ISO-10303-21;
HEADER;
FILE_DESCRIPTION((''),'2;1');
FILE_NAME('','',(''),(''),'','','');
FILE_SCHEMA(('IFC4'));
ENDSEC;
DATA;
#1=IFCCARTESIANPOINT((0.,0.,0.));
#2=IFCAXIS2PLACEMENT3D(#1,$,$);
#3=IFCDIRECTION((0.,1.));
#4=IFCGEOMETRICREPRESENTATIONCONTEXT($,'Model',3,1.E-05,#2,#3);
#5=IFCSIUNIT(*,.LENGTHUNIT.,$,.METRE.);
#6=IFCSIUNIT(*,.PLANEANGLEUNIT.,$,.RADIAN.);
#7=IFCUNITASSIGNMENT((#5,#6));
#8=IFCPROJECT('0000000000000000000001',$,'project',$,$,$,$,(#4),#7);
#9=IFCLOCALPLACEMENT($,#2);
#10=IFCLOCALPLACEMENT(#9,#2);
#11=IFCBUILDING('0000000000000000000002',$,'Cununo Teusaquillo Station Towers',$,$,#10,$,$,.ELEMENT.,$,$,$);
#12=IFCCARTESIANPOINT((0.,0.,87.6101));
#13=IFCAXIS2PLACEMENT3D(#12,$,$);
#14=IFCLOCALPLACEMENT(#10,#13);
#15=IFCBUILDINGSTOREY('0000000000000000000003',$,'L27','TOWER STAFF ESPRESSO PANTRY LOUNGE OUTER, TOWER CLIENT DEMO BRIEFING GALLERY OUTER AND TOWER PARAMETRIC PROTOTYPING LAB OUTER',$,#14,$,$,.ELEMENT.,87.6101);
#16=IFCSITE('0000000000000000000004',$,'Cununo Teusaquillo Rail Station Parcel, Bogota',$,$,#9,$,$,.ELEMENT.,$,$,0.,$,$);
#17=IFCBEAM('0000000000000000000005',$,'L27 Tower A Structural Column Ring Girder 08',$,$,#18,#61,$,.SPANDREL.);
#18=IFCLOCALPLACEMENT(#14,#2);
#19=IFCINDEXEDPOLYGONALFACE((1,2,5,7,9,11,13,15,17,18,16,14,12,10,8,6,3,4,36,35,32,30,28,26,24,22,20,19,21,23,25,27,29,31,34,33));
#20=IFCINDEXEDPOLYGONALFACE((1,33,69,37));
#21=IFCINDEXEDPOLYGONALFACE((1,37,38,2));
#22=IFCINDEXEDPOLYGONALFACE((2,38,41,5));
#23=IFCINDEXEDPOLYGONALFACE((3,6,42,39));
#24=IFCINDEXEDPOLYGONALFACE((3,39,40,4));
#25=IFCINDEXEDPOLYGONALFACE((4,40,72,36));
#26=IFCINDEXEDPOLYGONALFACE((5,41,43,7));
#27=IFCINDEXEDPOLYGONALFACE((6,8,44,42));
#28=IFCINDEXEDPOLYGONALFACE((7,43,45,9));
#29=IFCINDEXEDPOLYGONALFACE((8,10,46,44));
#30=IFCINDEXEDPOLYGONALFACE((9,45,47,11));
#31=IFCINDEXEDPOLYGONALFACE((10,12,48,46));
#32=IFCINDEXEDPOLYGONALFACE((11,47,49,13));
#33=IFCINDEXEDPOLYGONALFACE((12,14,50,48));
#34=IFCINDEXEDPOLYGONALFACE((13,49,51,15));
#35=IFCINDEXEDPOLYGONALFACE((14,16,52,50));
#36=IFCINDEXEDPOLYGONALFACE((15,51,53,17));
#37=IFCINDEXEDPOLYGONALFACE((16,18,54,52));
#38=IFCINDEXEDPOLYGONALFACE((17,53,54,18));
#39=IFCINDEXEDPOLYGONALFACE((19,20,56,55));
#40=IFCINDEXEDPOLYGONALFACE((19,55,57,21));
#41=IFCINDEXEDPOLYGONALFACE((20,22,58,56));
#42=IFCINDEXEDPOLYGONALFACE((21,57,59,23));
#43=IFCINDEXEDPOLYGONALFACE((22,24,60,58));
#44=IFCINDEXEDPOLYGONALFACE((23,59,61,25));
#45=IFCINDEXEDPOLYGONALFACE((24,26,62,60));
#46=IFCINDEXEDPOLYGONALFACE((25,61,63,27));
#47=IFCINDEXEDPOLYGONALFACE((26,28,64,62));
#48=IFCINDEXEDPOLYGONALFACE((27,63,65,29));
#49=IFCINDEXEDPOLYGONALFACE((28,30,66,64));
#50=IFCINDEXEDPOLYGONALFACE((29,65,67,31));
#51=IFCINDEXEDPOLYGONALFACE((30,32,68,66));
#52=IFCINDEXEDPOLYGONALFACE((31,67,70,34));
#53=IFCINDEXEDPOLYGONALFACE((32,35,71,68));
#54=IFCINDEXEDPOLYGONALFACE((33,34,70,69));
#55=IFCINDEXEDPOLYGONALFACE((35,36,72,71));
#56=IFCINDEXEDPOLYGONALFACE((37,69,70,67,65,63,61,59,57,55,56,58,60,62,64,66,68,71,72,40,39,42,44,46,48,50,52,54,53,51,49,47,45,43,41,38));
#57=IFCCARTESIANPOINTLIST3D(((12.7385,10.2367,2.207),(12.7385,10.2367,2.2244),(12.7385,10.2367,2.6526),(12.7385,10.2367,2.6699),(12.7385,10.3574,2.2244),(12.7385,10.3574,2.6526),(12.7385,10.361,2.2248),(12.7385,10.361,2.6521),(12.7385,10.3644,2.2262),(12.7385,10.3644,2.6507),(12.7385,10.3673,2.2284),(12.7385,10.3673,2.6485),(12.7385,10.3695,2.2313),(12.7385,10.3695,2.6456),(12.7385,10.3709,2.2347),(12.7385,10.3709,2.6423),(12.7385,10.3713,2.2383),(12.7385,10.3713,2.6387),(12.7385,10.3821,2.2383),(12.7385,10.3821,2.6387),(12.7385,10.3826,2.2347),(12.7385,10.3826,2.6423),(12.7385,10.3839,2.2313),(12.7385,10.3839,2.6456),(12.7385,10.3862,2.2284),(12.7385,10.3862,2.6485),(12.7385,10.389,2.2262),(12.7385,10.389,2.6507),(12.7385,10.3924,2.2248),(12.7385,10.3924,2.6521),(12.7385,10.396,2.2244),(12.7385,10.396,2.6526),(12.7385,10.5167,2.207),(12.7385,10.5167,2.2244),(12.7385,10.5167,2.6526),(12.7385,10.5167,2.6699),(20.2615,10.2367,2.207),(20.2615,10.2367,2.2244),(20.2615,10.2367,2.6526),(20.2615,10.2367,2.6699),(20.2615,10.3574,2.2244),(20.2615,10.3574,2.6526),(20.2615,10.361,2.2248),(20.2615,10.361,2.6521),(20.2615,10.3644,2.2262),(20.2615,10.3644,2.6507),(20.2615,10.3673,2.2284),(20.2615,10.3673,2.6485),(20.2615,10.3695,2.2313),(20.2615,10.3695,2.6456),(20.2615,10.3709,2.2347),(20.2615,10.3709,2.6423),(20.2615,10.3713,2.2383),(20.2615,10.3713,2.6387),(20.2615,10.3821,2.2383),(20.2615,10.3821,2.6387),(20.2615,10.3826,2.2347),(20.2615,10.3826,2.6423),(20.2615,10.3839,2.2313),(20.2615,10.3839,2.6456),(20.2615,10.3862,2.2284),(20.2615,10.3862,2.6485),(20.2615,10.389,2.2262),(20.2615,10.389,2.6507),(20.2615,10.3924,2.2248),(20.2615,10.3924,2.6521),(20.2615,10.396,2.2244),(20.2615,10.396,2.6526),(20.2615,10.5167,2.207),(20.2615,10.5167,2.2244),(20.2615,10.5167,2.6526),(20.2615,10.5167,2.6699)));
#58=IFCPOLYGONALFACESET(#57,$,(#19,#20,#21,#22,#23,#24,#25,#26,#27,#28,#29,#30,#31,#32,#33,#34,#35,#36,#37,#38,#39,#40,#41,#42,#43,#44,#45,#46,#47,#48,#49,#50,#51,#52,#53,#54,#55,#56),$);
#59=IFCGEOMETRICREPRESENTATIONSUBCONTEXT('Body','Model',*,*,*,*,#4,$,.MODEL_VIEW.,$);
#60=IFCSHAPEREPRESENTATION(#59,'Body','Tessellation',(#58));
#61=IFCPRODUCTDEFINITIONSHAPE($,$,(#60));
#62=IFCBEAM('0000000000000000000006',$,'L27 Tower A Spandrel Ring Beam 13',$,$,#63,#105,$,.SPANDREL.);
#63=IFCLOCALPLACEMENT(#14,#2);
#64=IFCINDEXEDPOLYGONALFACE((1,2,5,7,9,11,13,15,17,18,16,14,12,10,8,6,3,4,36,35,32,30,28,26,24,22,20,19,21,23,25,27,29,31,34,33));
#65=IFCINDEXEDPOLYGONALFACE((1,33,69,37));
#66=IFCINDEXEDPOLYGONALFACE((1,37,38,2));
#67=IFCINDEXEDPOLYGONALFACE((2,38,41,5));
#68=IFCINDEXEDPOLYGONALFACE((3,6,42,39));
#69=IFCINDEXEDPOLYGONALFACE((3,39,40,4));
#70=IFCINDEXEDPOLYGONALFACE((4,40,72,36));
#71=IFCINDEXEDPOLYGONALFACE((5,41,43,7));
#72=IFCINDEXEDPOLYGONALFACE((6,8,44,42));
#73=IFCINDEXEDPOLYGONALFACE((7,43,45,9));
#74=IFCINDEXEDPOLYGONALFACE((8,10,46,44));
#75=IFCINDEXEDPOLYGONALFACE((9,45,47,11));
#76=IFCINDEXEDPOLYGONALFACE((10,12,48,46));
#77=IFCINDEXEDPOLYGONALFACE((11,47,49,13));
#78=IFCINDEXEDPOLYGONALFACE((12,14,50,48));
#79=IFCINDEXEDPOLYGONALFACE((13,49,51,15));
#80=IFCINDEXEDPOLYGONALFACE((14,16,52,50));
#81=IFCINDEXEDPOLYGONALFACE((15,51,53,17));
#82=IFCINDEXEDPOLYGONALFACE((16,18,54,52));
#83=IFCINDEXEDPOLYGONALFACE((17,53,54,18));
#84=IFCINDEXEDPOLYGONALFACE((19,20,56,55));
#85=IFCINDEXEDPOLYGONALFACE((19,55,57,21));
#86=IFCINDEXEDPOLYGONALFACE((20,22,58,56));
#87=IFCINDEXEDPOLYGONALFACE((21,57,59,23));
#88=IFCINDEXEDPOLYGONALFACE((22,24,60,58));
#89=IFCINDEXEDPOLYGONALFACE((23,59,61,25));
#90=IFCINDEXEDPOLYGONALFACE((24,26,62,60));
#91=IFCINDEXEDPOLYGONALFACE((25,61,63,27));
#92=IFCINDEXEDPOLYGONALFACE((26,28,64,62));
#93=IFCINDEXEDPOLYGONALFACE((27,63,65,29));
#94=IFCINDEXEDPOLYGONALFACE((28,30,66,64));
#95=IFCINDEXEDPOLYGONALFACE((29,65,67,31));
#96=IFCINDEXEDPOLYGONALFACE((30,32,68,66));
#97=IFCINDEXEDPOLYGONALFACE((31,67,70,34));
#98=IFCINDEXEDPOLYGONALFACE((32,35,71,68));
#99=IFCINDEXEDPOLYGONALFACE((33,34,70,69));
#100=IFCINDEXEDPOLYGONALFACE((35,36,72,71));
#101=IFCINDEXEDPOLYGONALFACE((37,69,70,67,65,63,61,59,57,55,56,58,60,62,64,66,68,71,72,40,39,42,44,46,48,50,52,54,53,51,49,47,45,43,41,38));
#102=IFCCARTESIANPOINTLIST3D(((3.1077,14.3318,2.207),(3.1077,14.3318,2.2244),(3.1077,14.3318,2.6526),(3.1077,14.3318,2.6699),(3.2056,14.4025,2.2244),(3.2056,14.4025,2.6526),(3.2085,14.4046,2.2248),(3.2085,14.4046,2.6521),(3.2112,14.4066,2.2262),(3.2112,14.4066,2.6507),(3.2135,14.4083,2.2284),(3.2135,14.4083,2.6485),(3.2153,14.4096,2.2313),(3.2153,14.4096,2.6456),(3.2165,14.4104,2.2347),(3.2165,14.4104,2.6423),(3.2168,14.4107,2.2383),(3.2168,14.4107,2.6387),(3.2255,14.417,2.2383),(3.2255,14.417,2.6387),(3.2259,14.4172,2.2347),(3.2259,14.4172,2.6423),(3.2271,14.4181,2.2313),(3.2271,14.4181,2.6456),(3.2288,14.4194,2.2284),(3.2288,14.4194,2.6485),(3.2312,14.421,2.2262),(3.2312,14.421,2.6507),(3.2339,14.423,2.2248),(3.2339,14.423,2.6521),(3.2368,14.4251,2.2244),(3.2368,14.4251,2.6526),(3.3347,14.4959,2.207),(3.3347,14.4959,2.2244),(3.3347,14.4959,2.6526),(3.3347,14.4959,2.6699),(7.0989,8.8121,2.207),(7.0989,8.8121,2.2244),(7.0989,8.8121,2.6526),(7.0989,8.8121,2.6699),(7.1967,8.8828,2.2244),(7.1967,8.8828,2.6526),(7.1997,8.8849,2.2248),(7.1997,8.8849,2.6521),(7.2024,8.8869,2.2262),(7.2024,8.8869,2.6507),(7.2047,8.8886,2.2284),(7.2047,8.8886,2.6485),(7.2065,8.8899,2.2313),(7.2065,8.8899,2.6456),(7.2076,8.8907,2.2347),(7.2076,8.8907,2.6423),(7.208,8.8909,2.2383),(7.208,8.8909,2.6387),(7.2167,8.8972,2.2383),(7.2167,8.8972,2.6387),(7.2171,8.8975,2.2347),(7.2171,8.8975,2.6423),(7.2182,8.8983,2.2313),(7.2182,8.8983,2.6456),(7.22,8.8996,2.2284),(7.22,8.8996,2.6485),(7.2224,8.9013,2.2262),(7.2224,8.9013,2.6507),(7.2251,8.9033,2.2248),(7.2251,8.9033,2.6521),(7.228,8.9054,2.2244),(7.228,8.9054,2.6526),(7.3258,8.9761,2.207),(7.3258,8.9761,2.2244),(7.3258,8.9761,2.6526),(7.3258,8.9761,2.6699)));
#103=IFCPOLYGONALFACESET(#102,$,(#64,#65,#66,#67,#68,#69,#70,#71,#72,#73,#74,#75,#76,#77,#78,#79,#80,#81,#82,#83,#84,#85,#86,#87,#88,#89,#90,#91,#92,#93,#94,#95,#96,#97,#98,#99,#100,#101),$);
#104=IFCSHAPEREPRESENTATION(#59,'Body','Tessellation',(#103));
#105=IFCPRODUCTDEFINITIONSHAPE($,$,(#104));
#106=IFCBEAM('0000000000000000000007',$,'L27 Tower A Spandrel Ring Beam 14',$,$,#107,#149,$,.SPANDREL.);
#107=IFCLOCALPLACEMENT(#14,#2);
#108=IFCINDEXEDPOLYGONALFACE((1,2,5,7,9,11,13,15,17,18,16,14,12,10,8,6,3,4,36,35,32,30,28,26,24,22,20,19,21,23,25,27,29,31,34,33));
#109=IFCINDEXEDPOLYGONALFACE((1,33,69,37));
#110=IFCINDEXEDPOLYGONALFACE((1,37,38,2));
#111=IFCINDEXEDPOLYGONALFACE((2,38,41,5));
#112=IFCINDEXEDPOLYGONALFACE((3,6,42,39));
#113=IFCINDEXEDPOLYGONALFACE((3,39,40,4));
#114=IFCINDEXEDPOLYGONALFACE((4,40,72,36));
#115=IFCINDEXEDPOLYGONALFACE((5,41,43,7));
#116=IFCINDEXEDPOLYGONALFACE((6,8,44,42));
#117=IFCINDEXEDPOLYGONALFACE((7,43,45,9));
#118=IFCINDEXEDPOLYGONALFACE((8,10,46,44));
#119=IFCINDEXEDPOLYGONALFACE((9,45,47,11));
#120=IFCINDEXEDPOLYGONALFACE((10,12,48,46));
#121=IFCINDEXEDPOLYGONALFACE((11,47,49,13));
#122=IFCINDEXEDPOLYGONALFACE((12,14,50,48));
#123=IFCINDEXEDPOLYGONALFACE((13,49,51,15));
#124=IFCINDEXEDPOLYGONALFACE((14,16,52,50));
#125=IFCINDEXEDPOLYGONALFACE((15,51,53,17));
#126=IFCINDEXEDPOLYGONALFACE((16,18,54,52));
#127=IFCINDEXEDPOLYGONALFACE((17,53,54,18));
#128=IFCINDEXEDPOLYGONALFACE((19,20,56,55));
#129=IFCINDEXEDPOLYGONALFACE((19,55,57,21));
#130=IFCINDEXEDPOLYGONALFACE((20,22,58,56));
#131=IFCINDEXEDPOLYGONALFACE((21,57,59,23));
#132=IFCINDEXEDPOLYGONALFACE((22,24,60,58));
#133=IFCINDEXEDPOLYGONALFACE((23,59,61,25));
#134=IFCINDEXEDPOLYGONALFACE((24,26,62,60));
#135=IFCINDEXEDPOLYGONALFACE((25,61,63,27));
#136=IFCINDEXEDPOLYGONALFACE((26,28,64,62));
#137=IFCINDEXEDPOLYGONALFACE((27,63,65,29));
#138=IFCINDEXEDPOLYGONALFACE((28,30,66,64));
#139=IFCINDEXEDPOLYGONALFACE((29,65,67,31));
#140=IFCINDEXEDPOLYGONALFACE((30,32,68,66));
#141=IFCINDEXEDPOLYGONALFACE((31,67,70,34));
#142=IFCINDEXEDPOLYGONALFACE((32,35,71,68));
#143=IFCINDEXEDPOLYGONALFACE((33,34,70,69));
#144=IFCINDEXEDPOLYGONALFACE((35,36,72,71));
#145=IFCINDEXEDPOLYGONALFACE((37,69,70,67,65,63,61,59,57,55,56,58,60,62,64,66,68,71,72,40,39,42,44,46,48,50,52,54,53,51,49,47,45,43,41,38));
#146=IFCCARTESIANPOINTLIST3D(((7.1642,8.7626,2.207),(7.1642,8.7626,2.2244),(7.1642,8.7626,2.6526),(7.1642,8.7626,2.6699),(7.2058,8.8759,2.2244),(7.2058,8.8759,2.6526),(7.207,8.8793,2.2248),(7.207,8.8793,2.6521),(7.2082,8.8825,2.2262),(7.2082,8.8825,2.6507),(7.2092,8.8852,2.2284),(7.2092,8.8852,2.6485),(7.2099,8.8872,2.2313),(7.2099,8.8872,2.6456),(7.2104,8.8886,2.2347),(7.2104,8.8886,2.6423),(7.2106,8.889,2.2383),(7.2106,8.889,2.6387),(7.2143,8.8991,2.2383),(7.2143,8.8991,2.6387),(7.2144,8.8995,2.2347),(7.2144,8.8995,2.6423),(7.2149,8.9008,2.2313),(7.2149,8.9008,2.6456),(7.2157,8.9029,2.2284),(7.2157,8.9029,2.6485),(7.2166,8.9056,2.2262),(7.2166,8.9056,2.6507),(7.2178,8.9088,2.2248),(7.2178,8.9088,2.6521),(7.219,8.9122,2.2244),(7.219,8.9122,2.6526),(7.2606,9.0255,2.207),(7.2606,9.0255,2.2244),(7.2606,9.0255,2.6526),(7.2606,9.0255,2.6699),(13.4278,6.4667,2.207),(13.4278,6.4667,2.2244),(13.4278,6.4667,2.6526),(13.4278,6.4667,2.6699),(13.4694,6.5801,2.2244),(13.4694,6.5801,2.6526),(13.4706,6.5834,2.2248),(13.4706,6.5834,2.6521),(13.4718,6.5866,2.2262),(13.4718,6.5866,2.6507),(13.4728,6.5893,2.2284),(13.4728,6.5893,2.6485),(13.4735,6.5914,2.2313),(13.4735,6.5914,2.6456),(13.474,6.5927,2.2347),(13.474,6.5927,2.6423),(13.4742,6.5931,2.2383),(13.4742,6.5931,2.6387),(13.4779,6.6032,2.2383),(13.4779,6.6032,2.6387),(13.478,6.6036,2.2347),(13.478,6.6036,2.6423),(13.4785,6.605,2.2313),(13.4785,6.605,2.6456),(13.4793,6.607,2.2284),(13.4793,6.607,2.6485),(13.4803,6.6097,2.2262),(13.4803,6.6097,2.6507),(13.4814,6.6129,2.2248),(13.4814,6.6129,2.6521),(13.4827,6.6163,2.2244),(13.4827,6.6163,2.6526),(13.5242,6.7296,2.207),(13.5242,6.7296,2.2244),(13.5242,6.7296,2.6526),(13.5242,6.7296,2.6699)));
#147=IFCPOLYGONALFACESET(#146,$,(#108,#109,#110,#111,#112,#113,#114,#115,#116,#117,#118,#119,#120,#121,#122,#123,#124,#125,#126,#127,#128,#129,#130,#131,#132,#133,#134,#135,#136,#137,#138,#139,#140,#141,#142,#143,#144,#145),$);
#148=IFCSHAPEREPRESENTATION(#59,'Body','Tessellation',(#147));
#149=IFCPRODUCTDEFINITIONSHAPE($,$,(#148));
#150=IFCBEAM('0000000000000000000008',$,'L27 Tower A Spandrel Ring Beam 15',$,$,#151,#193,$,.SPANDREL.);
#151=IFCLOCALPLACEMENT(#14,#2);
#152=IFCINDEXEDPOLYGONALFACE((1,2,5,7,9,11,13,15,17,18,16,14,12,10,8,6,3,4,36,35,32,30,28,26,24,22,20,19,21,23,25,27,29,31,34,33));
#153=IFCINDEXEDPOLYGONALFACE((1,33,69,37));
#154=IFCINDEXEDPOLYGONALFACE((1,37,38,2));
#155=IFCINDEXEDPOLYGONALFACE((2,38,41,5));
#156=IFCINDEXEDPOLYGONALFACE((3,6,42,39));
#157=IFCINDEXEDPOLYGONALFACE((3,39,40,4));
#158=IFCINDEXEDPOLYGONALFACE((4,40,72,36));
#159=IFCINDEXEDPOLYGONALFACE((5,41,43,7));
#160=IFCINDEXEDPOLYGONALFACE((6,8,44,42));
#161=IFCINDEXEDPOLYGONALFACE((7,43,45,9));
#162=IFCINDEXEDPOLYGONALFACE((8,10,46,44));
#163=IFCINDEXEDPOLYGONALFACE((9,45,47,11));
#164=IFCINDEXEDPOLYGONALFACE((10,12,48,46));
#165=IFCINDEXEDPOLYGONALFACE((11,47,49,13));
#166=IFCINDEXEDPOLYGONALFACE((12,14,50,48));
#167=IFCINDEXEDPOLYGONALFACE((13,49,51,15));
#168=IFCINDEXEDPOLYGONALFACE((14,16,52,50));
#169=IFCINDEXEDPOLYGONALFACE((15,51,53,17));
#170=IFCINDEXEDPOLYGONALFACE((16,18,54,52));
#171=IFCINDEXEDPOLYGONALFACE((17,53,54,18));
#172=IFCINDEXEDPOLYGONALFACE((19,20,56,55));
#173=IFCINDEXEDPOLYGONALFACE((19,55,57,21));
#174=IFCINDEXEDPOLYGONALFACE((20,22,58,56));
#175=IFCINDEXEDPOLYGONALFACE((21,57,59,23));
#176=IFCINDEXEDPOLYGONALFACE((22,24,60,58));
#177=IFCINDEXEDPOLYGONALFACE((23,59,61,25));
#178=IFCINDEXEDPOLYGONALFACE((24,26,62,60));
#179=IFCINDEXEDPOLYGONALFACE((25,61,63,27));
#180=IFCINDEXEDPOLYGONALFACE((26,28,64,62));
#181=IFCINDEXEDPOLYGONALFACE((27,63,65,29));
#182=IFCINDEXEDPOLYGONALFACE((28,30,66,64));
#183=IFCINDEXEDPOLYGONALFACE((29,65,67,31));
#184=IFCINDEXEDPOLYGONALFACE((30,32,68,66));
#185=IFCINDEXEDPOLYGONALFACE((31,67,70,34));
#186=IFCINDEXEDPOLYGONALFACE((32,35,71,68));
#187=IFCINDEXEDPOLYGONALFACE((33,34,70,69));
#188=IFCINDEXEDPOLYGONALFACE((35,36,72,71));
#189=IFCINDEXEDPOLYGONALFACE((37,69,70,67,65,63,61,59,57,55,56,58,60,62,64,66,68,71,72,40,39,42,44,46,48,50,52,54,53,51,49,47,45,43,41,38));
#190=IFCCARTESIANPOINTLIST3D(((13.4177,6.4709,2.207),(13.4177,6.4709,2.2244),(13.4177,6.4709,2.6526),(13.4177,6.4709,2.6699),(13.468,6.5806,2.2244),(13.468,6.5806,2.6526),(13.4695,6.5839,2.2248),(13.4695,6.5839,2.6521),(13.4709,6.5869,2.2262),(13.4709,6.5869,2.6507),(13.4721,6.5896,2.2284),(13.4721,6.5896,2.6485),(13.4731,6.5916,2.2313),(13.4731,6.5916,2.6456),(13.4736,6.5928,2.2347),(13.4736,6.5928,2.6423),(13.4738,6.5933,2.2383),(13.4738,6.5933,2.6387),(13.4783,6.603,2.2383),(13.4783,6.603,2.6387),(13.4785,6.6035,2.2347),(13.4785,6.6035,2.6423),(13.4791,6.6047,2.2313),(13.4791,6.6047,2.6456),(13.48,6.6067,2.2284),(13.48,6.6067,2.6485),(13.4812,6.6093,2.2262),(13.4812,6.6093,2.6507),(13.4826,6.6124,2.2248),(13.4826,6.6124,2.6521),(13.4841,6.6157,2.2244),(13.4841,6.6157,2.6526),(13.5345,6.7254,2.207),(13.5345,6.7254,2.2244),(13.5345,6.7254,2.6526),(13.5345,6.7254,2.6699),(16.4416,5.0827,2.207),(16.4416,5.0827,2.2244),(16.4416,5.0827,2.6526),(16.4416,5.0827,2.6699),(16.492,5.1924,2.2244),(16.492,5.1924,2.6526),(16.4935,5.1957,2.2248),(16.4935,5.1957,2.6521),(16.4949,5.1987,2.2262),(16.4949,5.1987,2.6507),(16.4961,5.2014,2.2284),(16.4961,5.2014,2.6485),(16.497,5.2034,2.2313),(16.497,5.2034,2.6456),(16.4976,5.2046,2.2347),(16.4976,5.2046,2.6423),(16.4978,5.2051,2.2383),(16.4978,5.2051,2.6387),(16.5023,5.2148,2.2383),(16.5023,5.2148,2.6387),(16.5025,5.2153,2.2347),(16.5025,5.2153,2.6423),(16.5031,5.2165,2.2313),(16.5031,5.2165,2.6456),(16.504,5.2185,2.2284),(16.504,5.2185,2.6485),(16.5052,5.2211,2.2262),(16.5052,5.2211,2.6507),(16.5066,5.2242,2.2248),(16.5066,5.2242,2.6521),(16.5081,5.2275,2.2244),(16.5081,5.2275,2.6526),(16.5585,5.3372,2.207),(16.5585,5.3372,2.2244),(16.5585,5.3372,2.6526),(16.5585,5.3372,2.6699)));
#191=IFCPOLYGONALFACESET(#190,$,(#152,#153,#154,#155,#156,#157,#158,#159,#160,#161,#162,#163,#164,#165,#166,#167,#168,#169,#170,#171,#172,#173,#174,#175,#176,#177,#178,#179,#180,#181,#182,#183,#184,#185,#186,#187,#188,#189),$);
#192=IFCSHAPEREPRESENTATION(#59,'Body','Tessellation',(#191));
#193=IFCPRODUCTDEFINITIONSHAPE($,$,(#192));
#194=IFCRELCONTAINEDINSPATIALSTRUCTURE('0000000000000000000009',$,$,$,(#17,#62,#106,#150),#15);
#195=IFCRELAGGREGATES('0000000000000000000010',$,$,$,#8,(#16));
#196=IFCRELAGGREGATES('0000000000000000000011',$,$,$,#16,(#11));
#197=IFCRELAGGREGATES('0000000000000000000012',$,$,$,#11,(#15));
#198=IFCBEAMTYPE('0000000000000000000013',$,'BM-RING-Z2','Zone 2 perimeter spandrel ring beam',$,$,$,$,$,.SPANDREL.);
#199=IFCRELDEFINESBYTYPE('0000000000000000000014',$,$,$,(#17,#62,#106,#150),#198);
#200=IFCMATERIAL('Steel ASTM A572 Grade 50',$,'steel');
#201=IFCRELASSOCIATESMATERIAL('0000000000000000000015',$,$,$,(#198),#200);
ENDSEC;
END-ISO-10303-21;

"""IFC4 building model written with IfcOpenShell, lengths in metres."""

from ifc_helpers import new_model, si_unit, direction, frame, origin, origin_2d, place, context, subcontext, project, spatial, i_section, extrude, material, material_profile, profile_set, type_object, element, save


model = new_model("IFC4")

# Units and contexts
model_context = context("Model", 3, precision=1e-05, world=origin(), true_north=direction((0.0, 1.0)))
body_context = subcontext(model_context, "Body", "Model", "MODEL_VIEW")
ifc_project = project(units=[si_unit("LENGTHUNIT", "METRE"), si_unit("PLANEANGLEUNIT", "RADIAN")], contexts=[model_context])

# Site, building, storey
site_placement = place(None, origin())
site = spatial("IfcSite", under=ifc_project, at=site_placement, Name="Cununo Teusaquillo Rail Station Parcel, Bogota", CompositionType="ELEMENT", RefElevation=0.0)
building_placement = place(site_placement, origin())
building = spatial("IfcBuilding", under=site, at=building_placement, Name="Cununo Teusaquillo Station Towers", CompositionType="ELEMENT")
storey_placement = place(building_placement, frame((0.0, 0.0, 87.6101)))
storey = spatial("IfcBuildingStorey", under=building, at=storey_placement, Name="L27", Description="TOWER STAFF ESPRESSO PANTRY LOUNGE OUTER, TOWER CLIENT DEMO BRIEFING GALLERY OUTER AND TOWER PARAMETRIC PROTOTYPING LAB OUTER", CompositionType="ELEMENT", Elevation=87.6101)

# Beams
ifc_material_1 = material(Name="Steel ASTM A572 Grade 50", Category="steel")
ifc_material_profile_1 = material_profile(ifc_material_1, i_section(OverallWidth=0.28, OverallDepth=0.4629, WebThickness=0.0107, FlangeThickness=0.0173, FilletRadius=0.0139, at=origin_2d()), Name="W18X76")
ifc_profile_set_1 = profile_set([ifc_material_profile_1], Name="Steel ASTM A572 Grade 50")
beam_type = type_object("IfcBeamType", Name="BM-RING-Z2", Description="Zone 2 perimeter spandrel ring beam", PredefinedType="SPANDREL", material=ifc_profile_set_1)
beam_1_placement = place(storey_placement, frame((12.7385, 10.3767, 2.4385), z_axis=(1.0, 0.0, 0.0), x_axis=(0.0, 1.0, 0.0)))
element("IfcBeam", 1, at=beam_1_placement, inside=storey, type_object=beam_type, Name="L27 Tower A Structural Column Ring Girder 08", PredefinedType="SPANDREL", context=body_context, shape_type="SweptSolid", body=[
    extrude(i_section(OverallWidth=0.28, OverallDepth=0.4629, WebThickness=0.0107, FlangeThickness=0.0173, FilletRadius=0.0139, at=origin_2d()), origin(), (0.0, 0.0, 1.0), 7.5229),
])
beam_2_placement = place(storey_placement, frame((3.2212, 14.4138, 2.4385), z_axis=(0.585945, -0.810351, 0.0), x_axis=(0.810351, 0.585945, 0.0)))
element("IfcBeam", 2, at=beam_2_placement, inside=storey, type_object=beam_type, Name="L27 Tower A Spandrel Ring Beam 13", PredefinedType="SPANDREL", context=body_context, shape_type="SweptSolid", body=[
    extrude(i_section(OverallWidth=0.28, OverallDepth=0.4629, WebThickness=0.0107, FlangeThickness=0.0173, FilletRadius=0.0139, at=origin_2d()), origin(), (0.0, 0.0, 1.0), 6.8115),
])
beam_3_placement = place(storey_placement, frame((7.2124, 8.894, 2.4385), z_axis=(0.938914, -0.344151, 0.0), x_axis=(0.344151, 0.938914, 0.0)))
element("IfcBeam", 3, at=beam_3_placement, inside=storey, type_object=beam_type, Name="L27 Tower A Spandrel Ring Beam 14", PredefinedType="SPANDREL", context=body_context, shape_type="SweptSolid", body=[
    extrude(i_section(OverallWidth=0.28, OverallDepth=0.4629, WebThickness=0.0107, FlangeThickness=0.0173, FilletRadius=0.0139, at=origin_2d()), origin(), (0.0, 0.0, 1.0), 6.6711),
])
beam_4_placement = place(storey_placement, frame((13.4761, 6.5981, 2.4385), z_axis=(0.908812, -0.417205, 0.0), x_axis=(0.417205, 0.908812, 0.0)))
element("IfcBeam", 4, at=beam_4_placement, inside=storey, type_object=beam_type, Name="L27 Tower A Spandrel Ring Beam 15", PredefinedType="SPANDREL", context=body_context, shape_type="SweptSolid", body=[
    extrude(i_section(OverallWidth=0.28, OverallDepth=0.4629, WebThickness=0.0107, FlangeThickness=0.0173, FilletRadius=0.0139, at=origin_2d()), origin(), (0.0, 0.0, 1.0), 3.3274),
])

save(model, "model.ifc")
